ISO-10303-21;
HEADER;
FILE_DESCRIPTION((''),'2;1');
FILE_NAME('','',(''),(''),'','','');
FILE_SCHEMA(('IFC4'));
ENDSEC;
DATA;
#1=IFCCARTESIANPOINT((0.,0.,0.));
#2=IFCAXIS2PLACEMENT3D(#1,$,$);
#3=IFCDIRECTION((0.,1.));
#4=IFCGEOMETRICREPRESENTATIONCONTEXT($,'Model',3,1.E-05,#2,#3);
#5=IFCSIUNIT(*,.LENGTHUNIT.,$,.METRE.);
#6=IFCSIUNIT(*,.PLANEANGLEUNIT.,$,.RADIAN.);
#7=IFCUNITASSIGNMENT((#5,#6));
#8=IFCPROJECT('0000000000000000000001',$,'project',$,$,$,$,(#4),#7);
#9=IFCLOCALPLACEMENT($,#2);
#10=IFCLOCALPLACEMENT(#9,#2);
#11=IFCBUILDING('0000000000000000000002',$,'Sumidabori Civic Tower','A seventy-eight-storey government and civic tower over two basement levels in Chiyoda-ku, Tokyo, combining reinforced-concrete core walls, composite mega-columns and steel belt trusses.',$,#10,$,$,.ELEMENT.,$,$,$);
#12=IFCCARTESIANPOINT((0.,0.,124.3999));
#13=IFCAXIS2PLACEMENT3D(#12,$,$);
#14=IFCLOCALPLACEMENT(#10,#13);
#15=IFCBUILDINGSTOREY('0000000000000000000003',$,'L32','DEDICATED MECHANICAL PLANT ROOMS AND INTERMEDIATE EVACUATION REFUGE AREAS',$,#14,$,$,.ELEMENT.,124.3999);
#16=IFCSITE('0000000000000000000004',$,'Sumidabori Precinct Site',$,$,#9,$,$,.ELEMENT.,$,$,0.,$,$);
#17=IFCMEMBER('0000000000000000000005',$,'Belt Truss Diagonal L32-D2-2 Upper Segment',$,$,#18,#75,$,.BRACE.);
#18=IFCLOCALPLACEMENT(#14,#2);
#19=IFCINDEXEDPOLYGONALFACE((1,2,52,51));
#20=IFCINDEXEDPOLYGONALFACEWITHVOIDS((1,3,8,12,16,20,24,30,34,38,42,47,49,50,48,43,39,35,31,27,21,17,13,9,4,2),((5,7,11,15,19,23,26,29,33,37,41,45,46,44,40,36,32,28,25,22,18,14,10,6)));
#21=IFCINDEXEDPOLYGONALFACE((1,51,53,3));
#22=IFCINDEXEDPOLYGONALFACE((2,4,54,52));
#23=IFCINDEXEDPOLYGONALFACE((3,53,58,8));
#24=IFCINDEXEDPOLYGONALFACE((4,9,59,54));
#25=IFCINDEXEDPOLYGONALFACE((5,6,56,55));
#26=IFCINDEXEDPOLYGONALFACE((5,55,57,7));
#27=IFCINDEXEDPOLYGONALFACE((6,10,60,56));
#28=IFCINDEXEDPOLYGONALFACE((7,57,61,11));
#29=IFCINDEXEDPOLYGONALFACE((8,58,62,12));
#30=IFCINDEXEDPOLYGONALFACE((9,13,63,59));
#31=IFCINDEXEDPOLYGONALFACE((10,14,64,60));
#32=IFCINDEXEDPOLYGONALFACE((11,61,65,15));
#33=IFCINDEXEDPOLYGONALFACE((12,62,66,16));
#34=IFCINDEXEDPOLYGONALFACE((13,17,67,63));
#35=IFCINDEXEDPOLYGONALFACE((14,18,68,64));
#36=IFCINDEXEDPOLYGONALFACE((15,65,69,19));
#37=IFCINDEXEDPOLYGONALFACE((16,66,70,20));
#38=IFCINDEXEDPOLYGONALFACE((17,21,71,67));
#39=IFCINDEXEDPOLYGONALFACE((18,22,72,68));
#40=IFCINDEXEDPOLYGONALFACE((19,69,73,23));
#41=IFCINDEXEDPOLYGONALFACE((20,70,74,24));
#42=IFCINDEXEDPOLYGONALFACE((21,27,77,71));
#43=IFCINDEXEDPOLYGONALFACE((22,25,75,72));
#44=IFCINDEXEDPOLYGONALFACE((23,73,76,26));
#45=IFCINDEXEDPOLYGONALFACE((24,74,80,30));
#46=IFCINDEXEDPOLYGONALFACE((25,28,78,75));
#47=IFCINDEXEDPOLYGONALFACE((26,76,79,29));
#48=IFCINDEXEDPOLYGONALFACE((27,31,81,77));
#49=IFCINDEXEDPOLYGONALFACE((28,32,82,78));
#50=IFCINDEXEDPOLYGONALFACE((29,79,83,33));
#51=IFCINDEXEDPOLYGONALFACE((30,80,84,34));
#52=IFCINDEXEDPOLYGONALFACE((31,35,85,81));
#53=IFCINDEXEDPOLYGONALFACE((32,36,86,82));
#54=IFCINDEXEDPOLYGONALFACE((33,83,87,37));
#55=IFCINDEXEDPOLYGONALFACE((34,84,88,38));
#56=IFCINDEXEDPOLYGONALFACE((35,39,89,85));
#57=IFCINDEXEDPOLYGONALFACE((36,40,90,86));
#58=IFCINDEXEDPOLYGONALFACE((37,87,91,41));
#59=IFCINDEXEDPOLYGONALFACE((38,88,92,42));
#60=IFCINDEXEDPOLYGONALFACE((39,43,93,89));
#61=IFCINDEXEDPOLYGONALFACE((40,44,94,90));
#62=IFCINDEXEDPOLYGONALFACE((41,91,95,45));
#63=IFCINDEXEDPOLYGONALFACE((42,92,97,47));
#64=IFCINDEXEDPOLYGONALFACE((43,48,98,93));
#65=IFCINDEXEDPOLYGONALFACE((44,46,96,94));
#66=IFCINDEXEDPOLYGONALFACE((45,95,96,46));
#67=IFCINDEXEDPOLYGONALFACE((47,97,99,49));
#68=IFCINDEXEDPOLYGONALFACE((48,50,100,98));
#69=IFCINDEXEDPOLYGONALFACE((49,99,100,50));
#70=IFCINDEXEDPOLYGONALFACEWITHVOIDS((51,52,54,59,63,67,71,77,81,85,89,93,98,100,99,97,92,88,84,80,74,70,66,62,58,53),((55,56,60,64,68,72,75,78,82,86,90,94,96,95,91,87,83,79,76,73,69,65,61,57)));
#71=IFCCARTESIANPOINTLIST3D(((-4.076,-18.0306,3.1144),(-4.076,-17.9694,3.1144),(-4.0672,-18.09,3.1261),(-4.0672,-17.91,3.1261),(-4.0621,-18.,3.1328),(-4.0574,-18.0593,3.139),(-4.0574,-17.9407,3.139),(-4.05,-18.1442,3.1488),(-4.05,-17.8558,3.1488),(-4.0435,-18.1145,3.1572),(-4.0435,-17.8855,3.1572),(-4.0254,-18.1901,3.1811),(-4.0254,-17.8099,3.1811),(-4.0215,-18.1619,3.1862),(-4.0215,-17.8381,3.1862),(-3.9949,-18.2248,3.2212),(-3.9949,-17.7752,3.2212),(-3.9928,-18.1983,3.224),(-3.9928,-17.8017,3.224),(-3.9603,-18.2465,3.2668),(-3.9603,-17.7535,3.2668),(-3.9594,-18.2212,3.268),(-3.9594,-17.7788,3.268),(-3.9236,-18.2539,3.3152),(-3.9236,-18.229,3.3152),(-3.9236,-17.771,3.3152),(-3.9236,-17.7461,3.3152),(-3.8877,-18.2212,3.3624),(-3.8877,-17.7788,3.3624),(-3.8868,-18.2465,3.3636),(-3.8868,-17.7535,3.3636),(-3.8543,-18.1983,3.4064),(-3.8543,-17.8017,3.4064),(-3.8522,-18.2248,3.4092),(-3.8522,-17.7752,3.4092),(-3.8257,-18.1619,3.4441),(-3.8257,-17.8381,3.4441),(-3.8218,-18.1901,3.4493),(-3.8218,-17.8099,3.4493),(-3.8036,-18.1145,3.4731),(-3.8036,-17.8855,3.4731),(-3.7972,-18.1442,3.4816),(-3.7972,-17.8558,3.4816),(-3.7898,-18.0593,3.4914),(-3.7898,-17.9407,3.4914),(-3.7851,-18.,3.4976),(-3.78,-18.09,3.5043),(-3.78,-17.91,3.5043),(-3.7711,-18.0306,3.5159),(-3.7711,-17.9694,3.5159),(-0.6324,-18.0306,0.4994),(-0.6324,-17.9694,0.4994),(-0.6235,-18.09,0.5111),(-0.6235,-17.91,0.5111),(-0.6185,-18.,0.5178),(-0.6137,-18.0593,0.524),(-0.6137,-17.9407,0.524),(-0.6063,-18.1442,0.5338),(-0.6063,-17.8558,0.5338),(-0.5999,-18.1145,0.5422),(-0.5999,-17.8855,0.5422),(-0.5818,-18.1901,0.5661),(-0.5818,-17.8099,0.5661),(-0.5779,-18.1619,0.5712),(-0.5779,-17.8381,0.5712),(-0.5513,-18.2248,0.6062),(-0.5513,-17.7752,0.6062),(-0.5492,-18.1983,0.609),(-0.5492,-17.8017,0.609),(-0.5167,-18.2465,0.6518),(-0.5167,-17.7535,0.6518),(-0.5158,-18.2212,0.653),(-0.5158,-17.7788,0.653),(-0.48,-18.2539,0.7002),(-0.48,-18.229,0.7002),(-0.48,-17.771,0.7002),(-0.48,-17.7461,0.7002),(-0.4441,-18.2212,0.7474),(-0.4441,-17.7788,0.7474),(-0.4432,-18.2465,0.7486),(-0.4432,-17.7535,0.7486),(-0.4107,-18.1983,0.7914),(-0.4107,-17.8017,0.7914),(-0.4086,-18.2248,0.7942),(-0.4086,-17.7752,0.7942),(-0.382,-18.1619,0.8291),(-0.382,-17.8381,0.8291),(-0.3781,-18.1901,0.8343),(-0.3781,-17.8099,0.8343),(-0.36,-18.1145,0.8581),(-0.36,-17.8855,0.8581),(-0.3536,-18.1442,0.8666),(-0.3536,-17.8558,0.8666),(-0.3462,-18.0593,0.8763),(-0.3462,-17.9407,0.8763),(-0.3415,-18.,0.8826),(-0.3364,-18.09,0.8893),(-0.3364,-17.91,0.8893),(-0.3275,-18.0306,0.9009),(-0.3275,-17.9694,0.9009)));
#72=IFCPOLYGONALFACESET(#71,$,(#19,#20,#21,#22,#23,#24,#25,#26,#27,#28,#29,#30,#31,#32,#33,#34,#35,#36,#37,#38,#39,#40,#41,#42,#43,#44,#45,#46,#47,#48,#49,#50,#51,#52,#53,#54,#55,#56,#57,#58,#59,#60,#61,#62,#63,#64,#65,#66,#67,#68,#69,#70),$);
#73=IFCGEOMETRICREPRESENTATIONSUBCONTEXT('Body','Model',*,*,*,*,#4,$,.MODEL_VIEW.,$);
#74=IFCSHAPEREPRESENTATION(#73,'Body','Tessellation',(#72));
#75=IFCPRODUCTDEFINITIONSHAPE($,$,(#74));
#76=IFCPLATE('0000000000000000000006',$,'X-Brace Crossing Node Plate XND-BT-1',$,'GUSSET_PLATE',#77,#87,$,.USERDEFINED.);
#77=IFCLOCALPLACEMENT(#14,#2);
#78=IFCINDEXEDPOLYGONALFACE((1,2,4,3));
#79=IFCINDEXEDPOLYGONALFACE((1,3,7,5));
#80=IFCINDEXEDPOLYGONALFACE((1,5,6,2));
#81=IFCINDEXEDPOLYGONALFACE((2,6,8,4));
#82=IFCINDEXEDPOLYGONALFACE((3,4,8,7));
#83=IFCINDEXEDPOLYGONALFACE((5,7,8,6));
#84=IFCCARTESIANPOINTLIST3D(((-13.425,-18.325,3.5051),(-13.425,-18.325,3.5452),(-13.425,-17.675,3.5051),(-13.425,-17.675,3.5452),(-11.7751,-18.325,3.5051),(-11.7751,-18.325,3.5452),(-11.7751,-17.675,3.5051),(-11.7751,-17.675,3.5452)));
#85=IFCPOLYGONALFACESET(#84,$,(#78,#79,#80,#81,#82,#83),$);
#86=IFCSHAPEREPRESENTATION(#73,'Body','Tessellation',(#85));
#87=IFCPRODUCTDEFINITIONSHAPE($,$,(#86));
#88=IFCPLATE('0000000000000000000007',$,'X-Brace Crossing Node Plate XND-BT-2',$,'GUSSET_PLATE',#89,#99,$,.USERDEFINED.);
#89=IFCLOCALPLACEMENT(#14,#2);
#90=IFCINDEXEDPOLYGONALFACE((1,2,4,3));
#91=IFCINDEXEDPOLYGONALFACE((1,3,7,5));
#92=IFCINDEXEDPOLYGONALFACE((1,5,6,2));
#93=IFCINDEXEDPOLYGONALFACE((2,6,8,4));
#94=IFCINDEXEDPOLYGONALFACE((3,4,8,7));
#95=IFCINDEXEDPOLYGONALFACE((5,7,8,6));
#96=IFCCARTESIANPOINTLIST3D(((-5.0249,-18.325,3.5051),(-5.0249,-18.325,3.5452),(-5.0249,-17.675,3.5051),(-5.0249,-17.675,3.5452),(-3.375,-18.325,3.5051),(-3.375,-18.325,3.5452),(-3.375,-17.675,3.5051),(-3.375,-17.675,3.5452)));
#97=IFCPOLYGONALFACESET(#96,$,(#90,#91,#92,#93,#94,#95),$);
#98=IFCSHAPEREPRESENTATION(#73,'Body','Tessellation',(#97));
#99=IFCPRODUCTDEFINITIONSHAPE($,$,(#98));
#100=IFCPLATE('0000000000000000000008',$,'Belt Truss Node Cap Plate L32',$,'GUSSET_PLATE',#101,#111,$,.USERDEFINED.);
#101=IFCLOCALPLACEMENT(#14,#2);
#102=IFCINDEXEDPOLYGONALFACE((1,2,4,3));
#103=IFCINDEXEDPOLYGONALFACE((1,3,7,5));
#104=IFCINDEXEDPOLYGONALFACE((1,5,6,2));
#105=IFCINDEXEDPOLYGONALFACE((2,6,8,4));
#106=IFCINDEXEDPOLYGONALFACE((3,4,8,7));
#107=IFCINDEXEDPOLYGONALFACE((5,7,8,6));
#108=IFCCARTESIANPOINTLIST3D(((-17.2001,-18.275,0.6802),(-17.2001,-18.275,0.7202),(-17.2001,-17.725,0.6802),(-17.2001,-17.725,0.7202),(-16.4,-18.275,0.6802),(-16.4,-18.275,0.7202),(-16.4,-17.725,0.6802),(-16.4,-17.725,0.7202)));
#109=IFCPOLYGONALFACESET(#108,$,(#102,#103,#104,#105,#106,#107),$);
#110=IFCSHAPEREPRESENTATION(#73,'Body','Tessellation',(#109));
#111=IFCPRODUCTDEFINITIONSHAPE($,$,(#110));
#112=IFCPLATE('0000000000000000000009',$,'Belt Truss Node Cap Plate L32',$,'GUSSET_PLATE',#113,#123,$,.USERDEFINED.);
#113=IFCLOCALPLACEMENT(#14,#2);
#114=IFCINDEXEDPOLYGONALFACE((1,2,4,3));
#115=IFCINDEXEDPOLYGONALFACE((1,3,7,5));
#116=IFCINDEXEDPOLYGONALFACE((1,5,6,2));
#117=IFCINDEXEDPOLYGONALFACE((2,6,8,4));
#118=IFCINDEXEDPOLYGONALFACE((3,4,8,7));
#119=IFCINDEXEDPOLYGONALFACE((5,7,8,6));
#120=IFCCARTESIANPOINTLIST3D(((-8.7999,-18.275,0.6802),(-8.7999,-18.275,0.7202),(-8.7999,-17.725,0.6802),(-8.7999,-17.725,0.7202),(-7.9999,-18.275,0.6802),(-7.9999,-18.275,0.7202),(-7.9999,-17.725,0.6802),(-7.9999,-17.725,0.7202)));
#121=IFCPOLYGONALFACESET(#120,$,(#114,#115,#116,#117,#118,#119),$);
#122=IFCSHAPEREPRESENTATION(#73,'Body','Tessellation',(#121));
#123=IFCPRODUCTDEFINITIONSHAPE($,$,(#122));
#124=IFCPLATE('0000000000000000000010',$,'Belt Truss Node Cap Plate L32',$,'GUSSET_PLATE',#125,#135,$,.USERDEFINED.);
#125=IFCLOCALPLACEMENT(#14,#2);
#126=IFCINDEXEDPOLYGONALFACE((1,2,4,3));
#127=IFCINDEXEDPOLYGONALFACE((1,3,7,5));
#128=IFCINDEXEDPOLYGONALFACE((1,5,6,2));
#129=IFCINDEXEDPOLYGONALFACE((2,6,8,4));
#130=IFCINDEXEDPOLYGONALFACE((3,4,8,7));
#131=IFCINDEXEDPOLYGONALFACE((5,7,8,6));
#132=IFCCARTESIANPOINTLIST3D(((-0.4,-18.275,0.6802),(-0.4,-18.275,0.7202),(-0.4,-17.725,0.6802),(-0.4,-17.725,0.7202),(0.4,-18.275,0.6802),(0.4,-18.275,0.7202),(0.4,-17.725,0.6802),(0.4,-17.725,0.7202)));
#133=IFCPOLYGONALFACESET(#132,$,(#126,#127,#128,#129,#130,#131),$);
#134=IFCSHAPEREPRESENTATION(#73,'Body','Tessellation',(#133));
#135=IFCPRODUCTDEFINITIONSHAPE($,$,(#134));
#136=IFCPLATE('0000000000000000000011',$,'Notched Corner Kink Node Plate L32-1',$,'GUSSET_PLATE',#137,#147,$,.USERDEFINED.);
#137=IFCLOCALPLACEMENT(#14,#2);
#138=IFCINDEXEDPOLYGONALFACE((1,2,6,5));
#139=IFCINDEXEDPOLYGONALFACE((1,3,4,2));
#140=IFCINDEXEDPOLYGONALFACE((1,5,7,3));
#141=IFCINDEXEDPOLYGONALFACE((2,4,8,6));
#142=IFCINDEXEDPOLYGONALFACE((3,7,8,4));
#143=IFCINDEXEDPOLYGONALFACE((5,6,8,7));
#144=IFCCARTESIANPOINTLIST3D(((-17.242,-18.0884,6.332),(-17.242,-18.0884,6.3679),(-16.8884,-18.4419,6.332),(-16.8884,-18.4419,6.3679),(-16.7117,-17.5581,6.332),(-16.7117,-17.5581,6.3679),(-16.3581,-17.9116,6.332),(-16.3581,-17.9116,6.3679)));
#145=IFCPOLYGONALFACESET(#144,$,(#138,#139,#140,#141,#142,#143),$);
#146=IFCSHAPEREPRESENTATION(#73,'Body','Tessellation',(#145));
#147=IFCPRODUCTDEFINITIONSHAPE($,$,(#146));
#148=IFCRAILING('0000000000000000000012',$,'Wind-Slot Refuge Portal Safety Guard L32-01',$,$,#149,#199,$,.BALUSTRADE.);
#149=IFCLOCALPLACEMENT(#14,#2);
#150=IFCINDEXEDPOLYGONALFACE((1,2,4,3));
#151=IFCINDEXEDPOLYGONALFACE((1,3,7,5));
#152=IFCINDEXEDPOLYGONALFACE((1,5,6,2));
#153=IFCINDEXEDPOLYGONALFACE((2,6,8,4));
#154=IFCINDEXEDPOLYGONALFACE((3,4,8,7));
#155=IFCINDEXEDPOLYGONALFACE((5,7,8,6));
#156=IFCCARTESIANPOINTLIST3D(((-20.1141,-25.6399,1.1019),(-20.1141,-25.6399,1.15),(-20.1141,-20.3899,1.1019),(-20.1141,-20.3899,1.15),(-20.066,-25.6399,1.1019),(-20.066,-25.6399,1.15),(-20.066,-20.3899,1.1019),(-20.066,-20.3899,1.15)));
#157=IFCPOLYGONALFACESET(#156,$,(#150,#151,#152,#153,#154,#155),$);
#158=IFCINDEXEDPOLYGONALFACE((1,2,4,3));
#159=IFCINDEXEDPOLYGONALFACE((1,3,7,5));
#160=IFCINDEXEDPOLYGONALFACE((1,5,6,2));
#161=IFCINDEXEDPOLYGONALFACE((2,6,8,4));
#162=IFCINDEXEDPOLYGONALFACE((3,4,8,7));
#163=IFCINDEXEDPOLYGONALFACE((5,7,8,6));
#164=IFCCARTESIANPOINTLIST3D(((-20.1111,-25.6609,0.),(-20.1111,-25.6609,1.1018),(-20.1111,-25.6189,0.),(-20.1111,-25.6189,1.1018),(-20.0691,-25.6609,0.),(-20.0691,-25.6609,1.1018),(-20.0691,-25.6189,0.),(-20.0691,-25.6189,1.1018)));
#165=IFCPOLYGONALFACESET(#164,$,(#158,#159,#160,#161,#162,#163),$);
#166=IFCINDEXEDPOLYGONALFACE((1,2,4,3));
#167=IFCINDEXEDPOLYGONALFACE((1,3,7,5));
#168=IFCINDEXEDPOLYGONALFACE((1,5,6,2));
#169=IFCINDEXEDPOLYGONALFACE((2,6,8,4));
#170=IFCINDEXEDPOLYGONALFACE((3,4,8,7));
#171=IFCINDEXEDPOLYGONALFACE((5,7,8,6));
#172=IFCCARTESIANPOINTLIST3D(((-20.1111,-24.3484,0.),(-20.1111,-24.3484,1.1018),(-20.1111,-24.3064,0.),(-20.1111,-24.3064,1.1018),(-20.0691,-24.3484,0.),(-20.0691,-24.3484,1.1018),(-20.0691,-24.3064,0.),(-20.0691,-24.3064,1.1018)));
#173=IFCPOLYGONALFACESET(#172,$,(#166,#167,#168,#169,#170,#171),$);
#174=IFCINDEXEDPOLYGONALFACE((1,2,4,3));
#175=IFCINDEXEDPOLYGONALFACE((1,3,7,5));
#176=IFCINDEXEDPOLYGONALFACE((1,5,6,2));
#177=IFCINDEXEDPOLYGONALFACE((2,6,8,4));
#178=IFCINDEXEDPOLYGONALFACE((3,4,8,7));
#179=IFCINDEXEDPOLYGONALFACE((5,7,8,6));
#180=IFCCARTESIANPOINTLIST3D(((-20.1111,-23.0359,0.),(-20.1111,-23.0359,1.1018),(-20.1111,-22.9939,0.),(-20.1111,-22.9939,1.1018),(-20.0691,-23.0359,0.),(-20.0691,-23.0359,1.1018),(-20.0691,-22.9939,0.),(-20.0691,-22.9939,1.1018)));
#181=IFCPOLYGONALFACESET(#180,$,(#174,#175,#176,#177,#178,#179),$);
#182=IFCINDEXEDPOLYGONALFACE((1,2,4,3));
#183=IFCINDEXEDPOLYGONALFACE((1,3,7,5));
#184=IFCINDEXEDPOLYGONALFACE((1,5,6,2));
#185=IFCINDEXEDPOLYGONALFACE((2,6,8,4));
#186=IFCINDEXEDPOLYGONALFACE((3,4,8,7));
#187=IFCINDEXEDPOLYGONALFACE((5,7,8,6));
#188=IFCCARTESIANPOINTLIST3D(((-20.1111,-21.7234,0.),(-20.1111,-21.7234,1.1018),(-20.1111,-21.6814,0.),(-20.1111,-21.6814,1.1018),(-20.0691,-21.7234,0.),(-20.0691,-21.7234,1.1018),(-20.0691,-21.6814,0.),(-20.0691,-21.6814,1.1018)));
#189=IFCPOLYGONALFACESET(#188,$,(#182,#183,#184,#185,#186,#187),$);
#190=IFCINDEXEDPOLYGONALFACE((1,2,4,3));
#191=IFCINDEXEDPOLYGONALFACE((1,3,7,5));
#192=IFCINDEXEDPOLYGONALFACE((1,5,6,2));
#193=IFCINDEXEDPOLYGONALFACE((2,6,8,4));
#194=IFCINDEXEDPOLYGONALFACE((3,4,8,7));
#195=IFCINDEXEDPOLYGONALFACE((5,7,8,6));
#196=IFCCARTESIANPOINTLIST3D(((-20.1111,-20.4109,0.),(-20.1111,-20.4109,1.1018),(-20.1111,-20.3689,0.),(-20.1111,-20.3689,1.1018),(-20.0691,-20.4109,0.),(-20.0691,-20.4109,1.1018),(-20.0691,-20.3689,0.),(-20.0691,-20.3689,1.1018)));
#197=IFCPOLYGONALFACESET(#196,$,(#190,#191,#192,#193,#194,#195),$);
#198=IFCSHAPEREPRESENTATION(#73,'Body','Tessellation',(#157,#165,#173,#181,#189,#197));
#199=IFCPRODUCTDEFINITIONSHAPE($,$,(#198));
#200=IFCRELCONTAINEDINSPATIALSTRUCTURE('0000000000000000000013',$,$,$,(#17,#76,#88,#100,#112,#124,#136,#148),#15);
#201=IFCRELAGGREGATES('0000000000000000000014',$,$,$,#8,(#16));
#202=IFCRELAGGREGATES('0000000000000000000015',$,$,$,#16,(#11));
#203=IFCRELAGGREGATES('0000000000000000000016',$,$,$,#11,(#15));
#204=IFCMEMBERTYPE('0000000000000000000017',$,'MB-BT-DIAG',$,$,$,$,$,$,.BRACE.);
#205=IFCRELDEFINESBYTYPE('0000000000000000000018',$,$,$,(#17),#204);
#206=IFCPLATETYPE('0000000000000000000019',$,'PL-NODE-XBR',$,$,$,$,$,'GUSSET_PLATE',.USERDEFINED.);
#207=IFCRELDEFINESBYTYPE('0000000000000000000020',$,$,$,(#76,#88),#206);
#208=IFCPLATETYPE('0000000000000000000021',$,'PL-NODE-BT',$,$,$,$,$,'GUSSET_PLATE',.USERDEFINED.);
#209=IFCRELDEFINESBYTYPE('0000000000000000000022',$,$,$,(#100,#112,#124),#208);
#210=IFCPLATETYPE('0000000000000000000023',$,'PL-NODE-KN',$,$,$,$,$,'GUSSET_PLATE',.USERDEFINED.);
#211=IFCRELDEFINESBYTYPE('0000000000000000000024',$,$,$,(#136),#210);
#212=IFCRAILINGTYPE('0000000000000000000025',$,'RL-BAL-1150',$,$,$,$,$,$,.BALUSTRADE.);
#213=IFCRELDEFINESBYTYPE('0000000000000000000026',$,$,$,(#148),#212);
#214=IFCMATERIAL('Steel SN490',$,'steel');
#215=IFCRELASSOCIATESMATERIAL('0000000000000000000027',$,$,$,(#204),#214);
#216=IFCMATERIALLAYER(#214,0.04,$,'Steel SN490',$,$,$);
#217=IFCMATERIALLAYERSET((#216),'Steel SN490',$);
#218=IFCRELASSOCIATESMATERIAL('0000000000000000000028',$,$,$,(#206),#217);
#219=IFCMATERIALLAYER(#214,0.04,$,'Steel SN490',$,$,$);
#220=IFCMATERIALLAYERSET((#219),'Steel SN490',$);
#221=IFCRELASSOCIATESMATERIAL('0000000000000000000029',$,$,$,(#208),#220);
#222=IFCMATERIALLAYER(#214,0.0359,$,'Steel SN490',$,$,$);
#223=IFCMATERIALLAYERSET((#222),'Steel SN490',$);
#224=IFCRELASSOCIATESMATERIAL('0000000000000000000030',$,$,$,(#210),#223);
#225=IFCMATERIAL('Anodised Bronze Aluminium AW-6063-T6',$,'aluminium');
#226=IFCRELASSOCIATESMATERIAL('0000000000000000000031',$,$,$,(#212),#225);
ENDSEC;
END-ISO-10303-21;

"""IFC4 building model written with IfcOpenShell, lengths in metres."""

from ifc_helpers import new_model, si_unit, direction, frame, origin, origin_2d, place, context, subcontext, project, spatial, rectangle, hollow_circle, extrude, source, transform, mapped, material, layer, layer_set, material_profile, profile_set, type_object, element, save


model = new_model("IFC4")

# Units and contexts
model_context = context("Model", 3, precision=1e-05, world=origin(), true_north=direction((0.0, 1.0)))
body_context = subcontext(model_context, "Body", "Model", "MODEL_VIEW")
ifc_project = project(units=[si_unit("LENGTHUNIT", "METRE"), si_unit("PLANEANGLEUNIT", "RADIAN")], contexts=[model_context])

# Site, building, storey
site_placement = place(None, origin())
site = spatial("IfcSite", under=ifc_project, at=site_placement, Name="Sumidabori Precinct Site", CompositionType="ELEMENT", RefElevation=0.0)
building_placement = place(site_placement, origin())
building = spatial("IfcBuilding", under=site, at=building_placement, Name="Sumidabori Civic Tower", Description="A seventy-eight-storey government and civic tower over two basement levels in Chiyoda-ku, Tokyo, combining reinforced-concrete core walls, composite mega-columns and steel belt trusses.", CompositionType="ELEMENT")
storey_placement = place(building_placement, frame((0.0, 0.0, 124.3999)))
storey = spatial("IfcBuildingStorey", under=building, at=storey_placement, Name="L32", Description="DEDICATED MECHANICAL PLANT ROOMS AND INTERMEDIATE EVACUATION REFUGE AREAS", CompositionType="ELEMENT", Elevation=124.3999)

# Shared definitions
ifc_material_1 = material(Name="Steel SN490", Category="steel")

# Shared definitions
ifc_material_profile_1 = material_profile(ifc_material_1, hollow_circle(Radius=0.2539, WallThickness=0.0249, at=origin_2d()), Name="CHS 508x25")
ifc_profile_set_1 = profile_set([ifc_material_profile_1], Name="Steel SN490")
member_type = type_object("IfcMemberType", Name="MB-BT-DIAG", PredefinedType="BRACE", material=ifc_profile_set_1)

# Member
shared_shape_1 = source(origin(), body_context, "Body", "SweptSolid", [
    extrude(hollow_circle(Radius=0.2539, WallThickness=0.0249, at=origin_2d()), origin(), (0.0, 0.0, 1.0), 4.324),
])
member_1_placement = place(storey_placement, frame((-3.9236, -18.0, 3.3152), z_axis=(0.796401, 0.0, -0.604768), x_axis=(0.0, 1.0, 0.0)))
element("IfcMember", 1, at=member_1_placement, inside=storey, type_object=member_type, Name="Belt Truss Diagonal L32-D2-2 Upper Segment", PredefinedType="BRACE", context=body_context, shape_type="MappedRepresentation", body=[
    mapped(shared_shape_1, transform((0.0, 0.0, 0.0), x_axis=(1.0, 0.0, 0.0), y_axis=(0.0, 1.0, 0.0), z_axis=(0.0, 0.0, 1.0), scale=1.0)),
])

# Plates
ifc_layer_1 = layer(ifc_material_1, 0.04, Name="Steel SN490")
ifc_layer_set_1 = layer_set([ifc_layer_1], Name="Steel SN490")
plate_type_1 = type_object("IfcPlateType", Name="PL-NODE-XBR", ElementType="GUSSET_PLATE", PredefinedType="USERDEFINED", material=ifc_layer_set_1)
shared_shape_2 = source(origin(), body_context, "Body", "SweptSolid", [
    extrude(rectangle(XDim=1.6499, YDim=0.6499, at=origin_2d()), origin(), (0.0, 0.0, 1.0), 0.04),
])
for number, where, z_axis, x_axis, name in (
    (2, (-12.6001, -18.0, 3.5051), (0.0, 0.0, 1.0), (1.0, 0.0, 0.0), "X-Brace Crossing Node Plate XND-BT-1"),
    (3, (-4.2, -18.0, 3.5051), (0.0, 0.0, 1.0), (1.0, 0.0, 0.0), "X-Brace Crossing Node Plate XND-BT-2"),
):
    element("IfcPlate", number, at=place(storey_placement, frame(where, z_axis=z_axis, x_axis=x_axis)), inside=storey, type_object=plate_type_1, Name=name, ObjectType="GUSSET_PLATE", PredefinedType="USERDEFINED", context=body_context, shape_type="MappedRepresentation", body=[
        mapped(shared_shape_2, transform((0.0, 0.0, 0.0), x_axis=(1.0, 0.0, 0.0), y_axis=(0.0, 1.0, 0.0), z_axis=(0.0, 0.0, 1.0), scale=1.0)),
    ])
ifc_layer_2 = layer(ifc_material_1, 0.04, Name="Steel SN490")
ifc_layer_set_2 = layer_set([ifc_layer_2], Name="Steel SN490")
plate_type_2 = type_object("IfcPlateType", Name="PL-NODE-BT", ElementType="GUSSET_PLATE", PredefinedType="USERDEFINED", material=ifc_layer_set_2)
shared_shape_3 = source(origin(), body_context, "Body", "SweptSolid", [
    extrude(rectangle(XDim=0.8, YDim=0.55, at=origin_2d()), origin(), (0.0, 0.0, 1.0), 0.04),
])
for number, where, z_axis, x_axis, name in (
    (4, (-16.8, -18.0, 0.6802), (0.0, 0.0, 1.0), (1.0, 0.0, 0.0), "Belt Truss Node Cap Plate L32"),
    (5, (-8.3999, -18.0, 0.6802), (0.0, 0.0, 1.0), (1.0, 0.0, 0.0), "Belt Truss Node Cap Plate L32"),
    (6, (0.0, -18.0, 0.6802), (0.0, 0.0, 1.0), (1.0, 0.0, 0.0), "Belt Truss Node Cap Plate L32"),
):
    element("IfcPlate", number, at=place(storey_placement, frame(where, z_axis=z_axis, x_axis=x_axis)), inside=storey, type_object=plate_type_2, Name=name, ObjectType="GUSSET_PLATE", PredefinedType="USERDEFINED", context=body_context, shape_type="MappedRepresentation", body=[
        mapped(shared_shape_3, transform((0.0, 0.0, 0.0), x_axis=(1.0, 0.0, 0.0), y_axis=(0.0, 1.0, 0.0), z_axis=(0.0, 0.0, 1.0), scale=1.0)),
    ])
ifc_layer_3 = layer(ifc_material_1, 0.0359, Name="Steel SN490")
ifc_layer_set_3 = layer_set([ifc_layer_3], Name="Steel SN490")
plate_type_3 = type_object("IfcPlateType", Name="PL-NODE-KN", ElementType="GUSSET_PLATE", PredefinedType="USERDEFINED", material=ifc_layer_set_3)
shared_shape_4 = source(origin(), body_context, "Body", "SweptSolid", [
    extrude(rectangle(XDim=0.75, YDim=0.5, at=origin_2d()), origin(), (0.0, 0.0, 1.0), 0.0359),
])
plate_placement = place(storey_placement, frame((-16.8, -18.0, 6.332), z_axis=(0.0, 0.0, 1.0), x_axis=(0.707107, 0.707107, 0.0)))
element("IfcPlate", 7, at=plate_placement, inside=storey, type_object=plate_type_3, Name="Notched Corner Kink Node Plate L32-1", ObjectType="GUSSET_PLATE", PredefinedType="USERDEFINED", context=body_context, shape_type="MappedRepresentation", body=[
    mapped(shared_shape_4, transform((0.0, 0.0, 0.0), x_axis=(1.0, 0.0, 0.0), y_axis=(0.0, 1.0, 0.0), z_axis=(0.0, 0.0, 1.0), scale=1.0)),
])

# Railing
ifc_material_2 = material(Name="Anodised Bronze Aluminium AW-6063-T6", Category="aluminium")
railing_type = type_object("IfcRailingType", Name="RL-BAL-1150", PredefinedType="BALUSTRADE", material=ifc_material_2)
railing_1_placement = place(storey_placement, frame((-20.0901, -25.6399, 0.0)))
element("IfcRailing", 8, at=railing_1_placement, inside=storey, type_object=railing_type, Name="Wind-Slot Refuge Portal Safety Guard L32-01", PredefinedType="BALUSTRADE", context=body_context, shape_type="SweptSolid", body=[
    extrude(rectangle(XDim=0.0481, YDim=0.0481, at=origin_2d()), frame((0.0, 0.0, 1.126), z_axis=(0.0, 1.0, 0.0), x_axis=(-1.0, 0.0, 0.0)), (0.0, 0.0, 1.0), 5.25),
    extrude(rectangle(XDim=0.042, YDim=0.042, at=origin_2d()), origin(), (0.0, 0.0, 1.0), 1.1018),
    extrude(rectangle(XDim=0.042, YDim=0.042, at=origin_2d()), frame((0.0, 1.3125, 0.0)), (0.0, 0.0, 1.0), 1.1018),
    extrude(rectangle(XDim=0.042, YDim=0.042, at=origin_2d()), frame((0.0, 2.625, 0.0)), (0.0, 0.0, 1.0), 1.1018),
    extrude(rectangle(XDim=0.042, YDim=0.042, at=origin_2d()), frame((0.0, 3.9375, 0.0)), (0.0, 0.0, 1.0), 1.1018),
    extrude(rectangle(XDim=0.042, YDim=0.042, at=origin_2d()), frame((0.0, 5.25, 0.0)), (0.0, 0.0, 1.0), 1.1018),
])

save(model, "model.ifc")
